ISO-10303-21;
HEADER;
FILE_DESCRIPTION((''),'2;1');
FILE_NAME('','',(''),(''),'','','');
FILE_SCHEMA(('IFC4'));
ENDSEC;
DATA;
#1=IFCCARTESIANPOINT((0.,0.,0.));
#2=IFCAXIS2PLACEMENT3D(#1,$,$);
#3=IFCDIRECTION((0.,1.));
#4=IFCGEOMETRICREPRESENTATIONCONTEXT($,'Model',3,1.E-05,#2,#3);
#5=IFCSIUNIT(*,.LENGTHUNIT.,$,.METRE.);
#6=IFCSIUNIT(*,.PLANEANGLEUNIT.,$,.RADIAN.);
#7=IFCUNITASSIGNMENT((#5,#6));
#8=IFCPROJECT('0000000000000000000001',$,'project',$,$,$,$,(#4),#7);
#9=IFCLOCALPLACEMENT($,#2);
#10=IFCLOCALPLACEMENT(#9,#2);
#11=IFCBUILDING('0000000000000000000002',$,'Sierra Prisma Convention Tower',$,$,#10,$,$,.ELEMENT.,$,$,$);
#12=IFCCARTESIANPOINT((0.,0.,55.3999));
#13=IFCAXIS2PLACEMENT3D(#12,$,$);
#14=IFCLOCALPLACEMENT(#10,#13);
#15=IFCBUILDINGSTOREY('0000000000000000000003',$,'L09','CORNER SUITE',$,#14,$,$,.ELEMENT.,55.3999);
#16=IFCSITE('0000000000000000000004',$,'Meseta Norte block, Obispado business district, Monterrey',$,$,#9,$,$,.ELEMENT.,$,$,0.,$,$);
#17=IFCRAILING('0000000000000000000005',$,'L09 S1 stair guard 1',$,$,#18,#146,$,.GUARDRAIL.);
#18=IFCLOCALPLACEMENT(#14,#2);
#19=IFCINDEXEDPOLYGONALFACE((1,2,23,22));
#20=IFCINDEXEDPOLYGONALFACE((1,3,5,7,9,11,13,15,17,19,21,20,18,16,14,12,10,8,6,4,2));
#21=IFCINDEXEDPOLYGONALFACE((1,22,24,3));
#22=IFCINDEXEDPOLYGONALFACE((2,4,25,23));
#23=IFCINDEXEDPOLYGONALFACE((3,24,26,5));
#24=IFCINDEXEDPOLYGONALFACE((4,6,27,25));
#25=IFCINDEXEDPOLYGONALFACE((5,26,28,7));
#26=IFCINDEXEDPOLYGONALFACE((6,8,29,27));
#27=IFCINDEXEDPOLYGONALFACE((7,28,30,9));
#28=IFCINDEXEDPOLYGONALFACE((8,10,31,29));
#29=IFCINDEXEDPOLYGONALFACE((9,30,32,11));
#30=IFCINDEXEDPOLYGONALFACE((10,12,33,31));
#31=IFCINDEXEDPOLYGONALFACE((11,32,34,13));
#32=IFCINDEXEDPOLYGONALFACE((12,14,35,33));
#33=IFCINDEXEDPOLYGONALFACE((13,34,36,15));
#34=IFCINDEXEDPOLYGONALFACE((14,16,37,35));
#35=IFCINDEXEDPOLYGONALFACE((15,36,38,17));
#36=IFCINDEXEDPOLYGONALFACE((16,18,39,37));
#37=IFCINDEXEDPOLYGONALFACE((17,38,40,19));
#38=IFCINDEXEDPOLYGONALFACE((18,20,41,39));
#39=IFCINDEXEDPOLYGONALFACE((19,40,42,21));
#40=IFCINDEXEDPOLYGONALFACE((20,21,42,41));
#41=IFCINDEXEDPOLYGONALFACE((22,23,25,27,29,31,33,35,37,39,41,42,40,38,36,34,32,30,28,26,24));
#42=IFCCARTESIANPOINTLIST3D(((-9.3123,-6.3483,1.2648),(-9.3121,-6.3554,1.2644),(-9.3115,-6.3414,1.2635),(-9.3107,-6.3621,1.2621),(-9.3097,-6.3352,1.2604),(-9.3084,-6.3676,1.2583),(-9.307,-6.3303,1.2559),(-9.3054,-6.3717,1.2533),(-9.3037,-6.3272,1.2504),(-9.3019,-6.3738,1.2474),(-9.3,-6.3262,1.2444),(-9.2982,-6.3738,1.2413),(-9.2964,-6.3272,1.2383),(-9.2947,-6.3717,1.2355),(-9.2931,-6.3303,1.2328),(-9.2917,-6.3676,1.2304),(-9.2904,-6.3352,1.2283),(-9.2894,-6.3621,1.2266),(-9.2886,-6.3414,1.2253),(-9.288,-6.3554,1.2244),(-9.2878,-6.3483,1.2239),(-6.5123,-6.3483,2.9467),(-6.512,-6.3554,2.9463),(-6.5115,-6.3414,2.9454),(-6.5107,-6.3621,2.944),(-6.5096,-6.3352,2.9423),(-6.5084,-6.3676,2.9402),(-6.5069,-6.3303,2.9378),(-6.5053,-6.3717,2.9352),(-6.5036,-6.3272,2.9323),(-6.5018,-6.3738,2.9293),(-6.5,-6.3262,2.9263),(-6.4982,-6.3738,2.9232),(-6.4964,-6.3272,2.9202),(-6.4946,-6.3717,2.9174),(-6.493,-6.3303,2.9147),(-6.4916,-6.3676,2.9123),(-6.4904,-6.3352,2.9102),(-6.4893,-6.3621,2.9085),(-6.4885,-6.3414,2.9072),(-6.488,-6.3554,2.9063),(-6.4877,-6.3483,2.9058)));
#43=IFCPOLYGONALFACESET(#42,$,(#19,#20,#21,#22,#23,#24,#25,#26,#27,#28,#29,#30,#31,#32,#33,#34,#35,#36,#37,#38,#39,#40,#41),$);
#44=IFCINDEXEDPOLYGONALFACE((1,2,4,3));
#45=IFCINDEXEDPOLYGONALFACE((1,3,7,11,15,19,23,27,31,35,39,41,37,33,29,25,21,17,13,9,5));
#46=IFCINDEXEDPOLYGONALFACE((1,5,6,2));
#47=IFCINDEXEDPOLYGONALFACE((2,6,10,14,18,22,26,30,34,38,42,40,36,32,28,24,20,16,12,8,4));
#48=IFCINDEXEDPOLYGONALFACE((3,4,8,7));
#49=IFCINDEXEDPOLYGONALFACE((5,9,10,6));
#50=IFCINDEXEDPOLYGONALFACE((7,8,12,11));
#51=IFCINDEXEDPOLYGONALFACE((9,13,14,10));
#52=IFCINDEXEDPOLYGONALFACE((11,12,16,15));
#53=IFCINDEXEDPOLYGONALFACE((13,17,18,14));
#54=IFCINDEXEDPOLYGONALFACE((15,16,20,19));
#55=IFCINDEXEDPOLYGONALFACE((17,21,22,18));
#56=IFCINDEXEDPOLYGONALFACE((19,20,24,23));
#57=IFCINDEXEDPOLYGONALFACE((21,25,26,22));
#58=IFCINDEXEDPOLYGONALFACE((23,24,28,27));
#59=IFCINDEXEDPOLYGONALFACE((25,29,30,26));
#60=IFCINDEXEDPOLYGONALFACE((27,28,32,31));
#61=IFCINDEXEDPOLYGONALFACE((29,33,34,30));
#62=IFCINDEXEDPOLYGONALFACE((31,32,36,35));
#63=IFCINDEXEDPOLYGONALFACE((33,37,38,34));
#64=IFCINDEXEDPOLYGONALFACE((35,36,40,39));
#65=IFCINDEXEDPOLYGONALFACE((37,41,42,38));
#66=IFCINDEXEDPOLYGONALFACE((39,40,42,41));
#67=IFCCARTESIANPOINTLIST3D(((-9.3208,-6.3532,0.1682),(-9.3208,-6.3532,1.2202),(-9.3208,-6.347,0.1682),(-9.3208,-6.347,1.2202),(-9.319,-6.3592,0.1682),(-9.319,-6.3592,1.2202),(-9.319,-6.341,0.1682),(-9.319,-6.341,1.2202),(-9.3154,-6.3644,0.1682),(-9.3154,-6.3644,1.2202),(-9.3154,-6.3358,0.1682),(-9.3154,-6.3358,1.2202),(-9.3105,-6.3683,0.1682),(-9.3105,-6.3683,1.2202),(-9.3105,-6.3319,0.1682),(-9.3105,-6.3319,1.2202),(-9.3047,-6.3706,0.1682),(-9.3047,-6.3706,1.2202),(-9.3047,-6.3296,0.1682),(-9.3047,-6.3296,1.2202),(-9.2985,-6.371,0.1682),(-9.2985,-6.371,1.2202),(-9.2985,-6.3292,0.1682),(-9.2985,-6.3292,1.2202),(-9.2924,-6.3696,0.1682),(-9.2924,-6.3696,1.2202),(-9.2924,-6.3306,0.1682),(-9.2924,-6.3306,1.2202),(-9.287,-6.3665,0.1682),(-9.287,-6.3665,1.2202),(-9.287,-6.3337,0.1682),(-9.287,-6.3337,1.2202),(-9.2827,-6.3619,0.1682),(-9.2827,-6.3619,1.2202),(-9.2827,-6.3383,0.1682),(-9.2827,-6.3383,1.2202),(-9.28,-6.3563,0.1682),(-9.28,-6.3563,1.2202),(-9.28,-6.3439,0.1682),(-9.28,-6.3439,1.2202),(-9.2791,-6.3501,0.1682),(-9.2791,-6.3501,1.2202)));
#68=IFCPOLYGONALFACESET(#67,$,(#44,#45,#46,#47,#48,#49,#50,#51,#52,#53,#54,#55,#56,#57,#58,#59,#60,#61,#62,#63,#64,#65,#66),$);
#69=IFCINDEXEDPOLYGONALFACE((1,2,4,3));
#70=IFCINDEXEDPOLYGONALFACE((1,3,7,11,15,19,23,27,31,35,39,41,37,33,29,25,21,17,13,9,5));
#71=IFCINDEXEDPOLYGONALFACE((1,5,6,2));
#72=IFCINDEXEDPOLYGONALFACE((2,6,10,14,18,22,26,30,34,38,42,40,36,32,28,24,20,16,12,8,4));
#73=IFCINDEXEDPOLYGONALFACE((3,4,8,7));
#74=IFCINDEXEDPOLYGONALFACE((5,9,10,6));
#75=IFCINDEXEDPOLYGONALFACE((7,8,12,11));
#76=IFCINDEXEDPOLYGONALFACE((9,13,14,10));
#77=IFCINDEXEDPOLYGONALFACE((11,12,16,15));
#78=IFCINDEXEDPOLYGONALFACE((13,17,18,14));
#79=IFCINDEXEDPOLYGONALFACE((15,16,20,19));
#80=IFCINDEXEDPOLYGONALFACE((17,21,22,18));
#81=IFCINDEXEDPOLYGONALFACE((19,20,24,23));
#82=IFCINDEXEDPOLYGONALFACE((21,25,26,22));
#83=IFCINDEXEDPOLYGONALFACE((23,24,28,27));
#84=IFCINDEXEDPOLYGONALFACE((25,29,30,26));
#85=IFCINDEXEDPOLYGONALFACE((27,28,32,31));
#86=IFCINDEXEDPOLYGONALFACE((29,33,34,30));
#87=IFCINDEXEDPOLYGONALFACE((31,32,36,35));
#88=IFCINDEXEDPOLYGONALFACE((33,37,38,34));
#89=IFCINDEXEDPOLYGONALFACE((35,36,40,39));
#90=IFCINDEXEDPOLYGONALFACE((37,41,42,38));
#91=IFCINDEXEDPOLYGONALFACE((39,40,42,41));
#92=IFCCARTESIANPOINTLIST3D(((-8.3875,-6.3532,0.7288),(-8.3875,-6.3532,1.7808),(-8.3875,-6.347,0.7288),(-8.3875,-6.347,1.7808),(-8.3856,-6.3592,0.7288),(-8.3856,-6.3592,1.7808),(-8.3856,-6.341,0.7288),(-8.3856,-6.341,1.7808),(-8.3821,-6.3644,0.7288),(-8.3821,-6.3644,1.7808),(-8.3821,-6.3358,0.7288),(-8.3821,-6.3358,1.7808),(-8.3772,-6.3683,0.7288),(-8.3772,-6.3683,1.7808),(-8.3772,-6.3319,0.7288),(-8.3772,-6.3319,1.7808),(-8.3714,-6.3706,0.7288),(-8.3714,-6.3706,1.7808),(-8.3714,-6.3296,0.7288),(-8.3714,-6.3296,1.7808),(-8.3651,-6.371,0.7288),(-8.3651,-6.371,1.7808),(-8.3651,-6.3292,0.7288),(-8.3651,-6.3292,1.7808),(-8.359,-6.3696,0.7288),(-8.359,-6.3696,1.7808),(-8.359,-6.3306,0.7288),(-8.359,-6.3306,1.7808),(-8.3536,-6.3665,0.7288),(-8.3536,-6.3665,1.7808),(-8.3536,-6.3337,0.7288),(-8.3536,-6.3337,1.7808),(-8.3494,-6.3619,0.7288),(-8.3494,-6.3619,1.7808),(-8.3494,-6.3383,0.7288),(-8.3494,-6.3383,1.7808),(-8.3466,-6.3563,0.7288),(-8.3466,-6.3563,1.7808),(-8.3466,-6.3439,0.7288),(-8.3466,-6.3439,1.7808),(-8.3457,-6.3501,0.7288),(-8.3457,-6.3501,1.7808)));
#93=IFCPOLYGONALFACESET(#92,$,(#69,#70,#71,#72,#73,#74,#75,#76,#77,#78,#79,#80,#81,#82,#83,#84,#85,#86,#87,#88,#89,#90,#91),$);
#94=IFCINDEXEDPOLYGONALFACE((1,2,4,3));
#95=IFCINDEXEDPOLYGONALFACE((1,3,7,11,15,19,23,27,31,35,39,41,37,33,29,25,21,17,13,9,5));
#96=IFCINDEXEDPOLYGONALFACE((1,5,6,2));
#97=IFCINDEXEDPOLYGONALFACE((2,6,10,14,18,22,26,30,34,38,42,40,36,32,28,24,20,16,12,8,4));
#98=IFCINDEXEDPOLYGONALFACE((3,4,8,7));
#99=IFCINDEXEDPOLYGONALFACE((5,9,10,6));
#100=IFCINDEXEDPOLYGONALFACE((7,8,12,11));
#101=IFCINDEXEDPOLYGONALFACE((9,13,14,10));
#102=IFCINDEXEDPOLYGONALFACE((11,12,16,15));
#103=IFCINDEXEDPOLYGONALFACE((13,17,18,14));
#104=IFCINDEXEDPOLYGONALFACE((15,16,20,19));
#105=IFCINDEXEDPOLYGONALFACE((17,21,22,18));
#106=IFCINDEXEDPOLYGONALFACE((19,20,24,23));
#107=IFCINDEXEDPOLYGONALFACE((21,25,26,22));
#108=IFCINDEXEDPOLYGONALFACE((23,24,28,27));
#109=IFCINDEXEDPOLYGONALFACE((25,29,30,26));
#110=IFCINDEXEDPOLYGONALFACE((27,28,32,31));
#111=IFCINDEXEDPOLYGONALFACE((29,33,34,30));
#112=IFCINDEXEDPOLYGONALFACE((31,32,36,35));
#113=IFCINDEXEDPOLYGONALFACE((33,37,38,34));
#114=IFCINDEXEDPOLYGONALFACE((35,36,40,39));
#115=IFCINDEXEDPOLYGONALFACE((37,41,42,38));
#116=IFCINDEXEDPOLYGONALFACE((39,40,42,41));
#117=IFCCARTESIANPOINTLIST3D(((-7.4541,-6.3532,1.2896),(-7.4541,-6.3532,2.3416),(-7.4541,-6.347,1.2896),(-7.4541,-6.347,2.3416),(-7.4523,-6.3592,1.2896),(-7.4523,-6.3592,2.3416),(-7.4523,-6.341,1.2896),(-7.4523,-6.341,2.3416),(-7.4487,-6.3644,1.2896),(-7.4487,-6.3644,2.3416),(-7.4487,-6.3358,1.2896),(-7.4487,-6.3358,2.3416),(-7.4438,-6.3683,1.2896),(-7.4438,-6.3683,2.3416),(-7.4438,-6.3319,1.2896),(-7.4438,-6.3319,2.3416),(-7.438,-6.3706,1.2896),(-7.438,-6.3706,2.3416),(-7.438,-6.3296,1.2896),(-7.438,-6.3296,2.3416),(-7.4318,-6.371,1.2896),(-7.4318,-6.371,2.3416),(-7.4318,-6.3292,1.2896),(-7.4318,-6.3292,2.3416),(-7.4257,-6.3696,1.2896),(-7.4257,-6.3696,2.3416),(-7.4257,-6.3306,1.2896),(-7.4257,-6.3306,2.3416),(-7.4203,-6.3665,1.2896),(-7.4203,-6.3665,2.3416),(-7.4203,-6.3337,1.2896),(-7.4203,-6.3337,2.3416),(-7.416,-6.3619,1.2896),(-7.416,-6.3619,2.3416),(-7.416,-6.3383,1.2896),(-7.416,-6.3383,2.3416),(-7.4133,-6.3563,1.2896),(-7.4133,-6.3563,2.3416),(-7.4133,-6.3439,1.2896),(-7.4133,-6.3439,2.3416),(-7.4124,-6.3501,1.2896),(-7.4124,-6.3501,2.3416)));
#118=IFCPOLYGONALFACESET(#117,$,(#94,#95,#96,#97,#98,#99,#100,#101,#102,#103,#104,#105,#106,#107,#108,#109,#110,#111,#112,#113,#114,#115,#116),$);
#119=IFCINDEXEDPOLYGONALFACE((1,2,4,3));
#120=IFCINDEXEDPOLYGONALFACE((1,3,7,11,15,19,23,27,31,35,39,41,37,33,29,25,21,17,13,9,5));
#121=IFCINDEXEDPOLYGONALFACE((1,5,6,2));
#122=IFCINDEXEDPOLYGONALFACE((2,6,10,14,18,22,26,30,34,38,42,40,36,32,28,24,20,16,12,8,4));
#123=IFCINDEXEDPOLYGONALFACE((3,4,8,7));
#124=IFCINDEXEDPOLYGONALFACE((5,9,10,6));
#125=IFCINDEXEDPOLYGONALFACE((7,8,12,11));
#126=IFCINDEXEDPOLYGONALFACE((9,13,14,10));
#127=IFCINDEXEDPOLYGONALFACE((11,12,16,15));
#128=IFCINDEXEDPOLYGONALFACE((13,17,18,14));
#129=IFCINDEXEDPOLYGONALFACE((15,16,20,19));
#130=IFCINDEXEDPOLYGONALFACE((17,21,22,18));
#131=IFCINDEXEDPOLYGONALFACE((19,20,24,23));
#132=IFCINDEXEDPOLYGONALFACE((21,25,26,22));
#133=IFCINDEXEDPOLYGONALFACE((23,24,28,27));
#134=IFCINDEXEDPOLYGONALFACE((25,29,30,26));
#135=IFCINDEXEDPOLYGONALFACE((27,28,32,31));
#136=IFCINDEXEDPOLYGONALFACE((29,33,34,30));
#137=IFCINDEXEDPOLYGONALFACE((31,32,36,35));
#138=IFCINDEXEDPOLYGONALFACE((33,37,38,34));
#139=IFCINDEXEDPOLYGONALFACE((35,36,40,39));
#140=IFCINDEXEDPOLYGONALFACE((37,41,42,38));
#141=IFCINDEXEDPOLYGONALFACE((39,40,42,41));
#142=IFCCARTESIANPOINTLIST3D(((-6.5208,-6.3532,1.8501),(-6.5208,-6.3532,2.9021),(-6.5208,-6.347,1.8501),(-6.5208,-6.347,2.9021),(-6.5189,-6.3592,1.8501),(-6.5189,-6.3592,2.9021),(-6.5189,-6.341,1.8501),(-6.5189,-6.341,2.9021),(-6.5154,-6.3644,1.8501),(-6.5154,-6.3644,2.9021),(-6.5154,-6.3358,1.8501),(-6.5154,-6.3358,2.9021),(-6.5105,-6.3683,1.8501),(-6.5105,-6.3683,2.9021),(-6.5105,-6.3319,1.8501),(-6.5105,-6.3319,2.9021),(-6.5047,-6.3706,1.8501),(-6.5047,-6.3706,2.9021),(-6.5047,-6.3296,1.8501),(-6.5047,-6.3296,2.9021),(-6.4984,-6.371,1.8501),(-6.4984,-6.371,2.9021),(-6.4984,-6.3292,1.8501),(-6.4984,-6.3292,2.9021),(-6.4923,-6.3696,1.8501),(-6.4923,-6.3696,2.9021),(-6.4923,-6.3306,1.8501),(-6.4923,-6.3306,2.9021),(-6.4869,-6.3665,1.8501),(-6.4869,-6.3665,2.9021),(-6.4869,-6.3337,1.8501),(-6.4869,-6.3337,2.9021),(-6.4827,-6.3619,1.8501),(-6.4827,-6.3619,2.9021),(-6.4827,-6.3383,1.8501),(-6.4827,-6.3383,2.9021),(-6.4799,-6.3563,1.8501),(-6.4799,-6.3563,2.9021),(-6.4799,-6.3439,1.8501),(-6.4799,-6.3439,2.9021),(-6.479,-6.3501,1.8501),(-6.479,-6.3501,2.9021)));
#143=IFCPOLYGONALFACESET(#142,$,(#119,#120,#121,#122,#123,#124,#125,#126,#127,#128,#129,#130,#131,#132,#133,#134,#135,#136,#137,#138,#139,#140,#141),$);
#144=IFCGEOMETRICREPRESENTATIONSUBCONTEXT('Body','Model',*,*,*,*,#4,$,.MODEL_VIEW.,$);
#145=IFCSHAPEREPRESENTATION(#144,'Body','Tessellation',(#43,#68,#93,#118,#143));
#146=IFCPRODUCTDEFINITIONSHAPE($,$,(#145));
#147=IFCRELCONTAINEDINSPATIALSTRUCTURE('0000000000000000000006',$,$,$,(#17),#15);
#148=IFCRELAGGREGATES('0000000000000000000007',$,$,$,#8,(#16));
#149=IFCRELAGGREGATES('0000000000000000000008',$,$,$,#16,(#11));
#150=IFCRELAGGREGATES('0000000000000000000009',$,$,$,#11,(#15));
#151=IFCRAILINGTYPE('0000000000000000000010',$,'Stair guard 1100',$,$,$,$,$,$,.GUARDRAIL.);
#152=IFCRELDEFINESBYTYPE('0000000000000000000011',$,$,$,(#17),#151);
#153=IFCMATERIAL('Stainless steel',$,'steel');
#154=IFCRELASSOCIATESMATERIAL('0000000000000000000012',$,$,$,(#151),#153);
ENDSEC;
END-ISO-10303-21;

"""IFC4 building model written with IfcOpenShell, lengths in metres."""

from ifc_helpers import new_model, si_unit, direction, frame, origin, origin_2d, place, context, subcontext, project, spatial, circle, extrude, material, type_object, element, save


model = new_model("IFC4")

# Units and contexts
model_context = context("Model", 3, precision=1e-05, world=origin(), true_north=direction((0.0, 1.0)))
body_context = subcontext(model_context, "Body", "Model", "MODEL_VIEW")
ifc_project = project(units=[si_unit("LENGTHUNIT", "METRE"), si_unit("PLANEANGLEUNIT", "RADIAN")], contexts=[model_context])

# Site, building, storey
site_placement = place(None, origin())
site = spatial("IfcSite", under=ifc_project, at=site_placement, Name="Meseta Norte block, Obispado business district, Monterrey", CompositionType="ELEMENT", RefElevation=0.0)
building_placement = place(site_placement, origin())
building = spatial("IfcBuilding", under=site, at=building_placement, Name="Sierra Prisma Convention Tower", CompositionType="ELEMENT")
storey_placement = place(building_placement, frame((0.0, 0.0, 55.3999)))
storey = spatial("IfcBuildingStorey", under=building, at=storey_placement, Name="L09", Description="CORNER SUITE", CompositionType="ELEMENT", Elevation=55.3999)

# Railing
ifc_material_1 = material(Name="Stainless steel", Category="steel")
railing_type_1 = type_object("IfcRailingType", Name="Stair guard 1100", PredefinedType="GUARDRAIL", material=ifc_material_1)
railing_1_placement = place(storey_placement, frame((-9.3, -6.3501, 0.1682)))
element("IfcRailing", 1, at=railing_1_placement, inside=storey, type_object=railing_type_1, Name="L09 S1 stair guard 1", PredefinedType="GUARDRAIL", context=body_context, shape_type="SweptSolid", body=[
    extrude(circle(Radius=0.0239, at=origin_2d()), frame((0.0, 0.0, 1.0762), z_axis=(0.857242, 0.0, 0.514913), x_axis=(0.0, 1.0, 0.0)), (0.0, 0.0, 1.0), 3.2664),
    extrude(circle(Radius=0.021, at=origin_2d()), origin(), (0.0, 0.0, 1.0), 1.052),
    extrude(circle(Radius=0.021, at=origin_2d()), frame((0.9333, 0.0, 0.5605)), (0.0, 0.0, 1.0), 1.052),
    extrude(circle(Radius=0.021, at=origin_2d()), frame((1.8667, 0.0, 1.1213)), (0.0, 0.0, 1.0), 1.052),
    extrude(circle(Radius=0.021, at=origin_2d()), frame((2.8, 0.0, 1.6819)), (0.0, 0.0, 1.0), 1.052),
])

save(model, "model.ifc")
